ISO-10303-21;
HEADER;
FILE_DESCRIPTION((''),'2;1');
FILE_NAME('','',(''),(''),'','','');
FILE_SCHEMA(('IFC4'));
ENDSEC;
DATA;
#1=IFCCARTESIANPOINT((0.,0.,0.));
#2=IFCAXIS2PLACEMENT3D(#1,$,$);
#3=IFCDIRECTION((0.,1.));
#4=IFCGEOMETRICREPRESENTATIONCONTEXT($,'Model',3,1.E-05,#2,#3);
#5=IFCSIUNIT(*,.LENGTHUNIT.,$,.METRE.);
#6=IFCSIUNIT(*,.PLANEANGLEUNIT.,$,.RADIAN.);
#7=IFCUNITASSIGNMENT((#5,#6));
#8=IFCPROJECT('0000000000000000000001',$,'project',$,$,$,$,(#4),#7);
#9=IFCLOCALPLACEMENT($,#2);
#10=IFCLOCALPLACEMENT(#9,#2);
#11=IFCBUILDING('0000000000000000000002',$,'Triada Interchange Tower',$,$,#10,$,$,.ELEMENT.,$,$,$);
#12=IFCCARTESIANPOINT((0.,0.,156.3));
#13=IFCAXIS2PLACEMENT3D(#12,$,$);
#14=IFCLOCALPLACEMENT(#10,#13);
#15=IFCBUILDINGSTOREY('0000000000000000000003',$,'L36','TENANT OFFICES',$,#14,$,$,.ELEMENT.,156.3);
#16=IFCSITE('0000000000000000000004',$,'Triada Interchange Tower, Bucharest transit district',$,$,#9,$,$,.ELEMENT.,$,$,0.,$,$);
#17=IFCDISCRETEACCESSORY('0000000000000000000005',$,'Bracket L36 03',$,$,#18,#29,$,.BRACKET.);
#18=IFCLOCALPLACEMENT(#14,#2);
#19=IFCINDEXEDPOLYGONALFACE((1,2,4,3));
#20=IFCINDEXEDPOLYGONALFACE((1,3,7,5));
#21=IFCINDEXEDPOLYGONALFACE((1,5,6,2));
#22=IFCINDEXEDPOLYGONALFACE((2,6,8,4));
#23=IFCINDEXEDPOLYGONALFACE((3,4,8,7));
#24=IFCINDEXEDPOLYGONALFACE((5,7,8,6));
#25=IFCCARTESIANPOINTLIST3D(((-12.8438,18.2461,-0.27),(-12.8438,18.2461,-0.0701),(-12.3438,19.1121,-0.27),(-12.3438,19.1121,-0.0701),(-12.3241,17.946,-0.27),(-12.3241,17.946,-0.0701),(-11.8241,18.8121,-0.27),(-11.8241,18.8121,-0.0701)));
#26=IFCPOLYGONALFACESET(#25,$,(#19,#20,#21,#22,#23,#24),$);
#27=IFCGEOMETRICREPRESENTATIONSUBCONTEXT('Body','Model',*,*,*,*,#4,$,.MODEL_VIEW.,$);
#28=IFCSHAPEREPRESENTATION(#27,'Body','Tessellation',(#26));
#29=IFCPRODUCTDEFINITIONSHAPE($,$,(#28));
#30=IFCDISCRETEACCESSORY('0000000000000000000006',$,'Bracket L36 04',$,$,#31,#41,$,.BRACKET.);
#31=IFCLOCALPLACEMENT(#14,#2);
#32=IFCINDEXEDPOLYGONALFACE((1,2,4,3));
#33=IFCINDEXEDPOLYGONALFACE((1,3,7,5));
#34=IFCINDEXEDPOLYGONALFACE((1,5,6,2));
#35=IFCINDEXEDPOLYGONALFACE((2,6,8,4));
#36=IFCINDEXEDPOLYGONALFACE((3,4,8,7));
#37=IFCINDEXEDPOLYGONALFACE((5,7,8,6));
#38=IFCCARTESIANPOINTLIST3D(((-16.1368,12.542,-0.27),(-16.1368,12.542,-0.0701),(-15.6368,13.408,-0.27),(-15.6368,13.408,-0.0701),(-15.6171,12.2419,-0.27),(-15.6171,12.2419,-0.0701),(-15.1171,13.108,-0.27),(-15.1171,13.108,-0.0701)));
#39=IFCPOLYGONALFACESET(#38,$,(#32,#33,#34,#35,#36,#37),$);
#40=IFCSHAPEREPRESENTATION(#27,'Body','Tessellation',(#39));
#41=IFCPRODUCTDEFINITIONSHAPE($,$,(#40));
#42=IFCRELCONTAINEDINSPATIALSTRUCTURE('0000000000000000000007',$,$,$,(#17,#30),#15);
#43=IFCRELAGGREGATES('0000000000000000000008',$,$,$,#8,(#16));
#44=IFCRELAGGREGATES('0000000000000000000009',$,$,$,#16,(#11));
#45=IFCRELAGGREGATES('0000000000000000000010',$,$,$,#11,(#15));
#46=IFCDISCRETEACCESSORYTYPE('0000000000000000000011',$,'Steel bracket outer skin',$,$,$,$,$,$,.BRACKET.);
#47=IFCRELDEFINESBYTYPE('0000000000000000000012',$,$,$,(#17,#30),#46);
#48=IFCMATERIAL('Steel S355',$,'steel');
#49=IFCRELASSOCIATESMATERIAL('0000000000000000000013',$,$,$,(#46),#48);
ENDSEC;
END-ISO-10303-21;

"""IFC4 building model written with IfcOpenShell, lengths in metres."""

from ifc_helpers import new_model, si_unit, direction, frame, origin, origin_2d, place, context, subcontext, project, spatial, rectangle, extrude, material, type_object, element, save


model = new_model("IFC4")

# Units and contexts
model_context = context("Model", 3, precision=1e-05, world=origin(), true_north=direction((0.0, 1.0)))
body_context = subcontext(model_context, "Body", "Model", "MODEL_VIEW")
ifc_project = project(units=[si_unit("LENGTHUNIT", "METRE"), si_unit("PLANEANGLEUNIT", "RADIAN")], contexts=[model_context])

# Site, building, storey
site_placement = place(None, origin())
site = spatial("IfcSite", under=ifc_project, at=site_placement, Name="Triada Interchange Tower, Bucharest transit district", CompositionType="ELEMENT", RefElevation=0.0)
building_placement = place(site_placement, origin())
building = spatial("IfcBuilding", under=site, at=building_placement, Name="Triada Interchange Tower", CompositionType="ELEMENT")
storey_placement = place(building_placement, frame((0.0, 0.0, 156.3)))
storey = spatial("IfcBuildingStorey", under=building, at=storey_placement, Name="L36", Description="TENANT OFFICES", CompositionType="ELEMENT", Elevation=156.3)

# Discrete accessories
ifc_material_1 = material(Name="Steel S355", Category="steel")
discrete_accessory_type = type_object("IfcDiscreteAccessoryType", Name="Steel bracket outer skin", PredefinedType="BRACKET", material=ifc_material_1)
for number, where, z_axis, x_axis, name in (
    (1, (-12.334, 18.5291, -0.27), (0.0, 0.0, 1.0), (-0.866036, 0.499982, 0.0), "Bracket L36 03"),
    (2, (-15.627, 12.825, -0.27), (0.0, 0.0, 1.0), (-0.866036, 0.499982, 0.0), "Bracket L36 04"),
):
    element("IfcDiscreteAccessory", number, at=place(storey_placement, frame(where, z_axis=z_axis, x_axis=x_axis)), inside=storey, type_object=discrete_accessory_type, Name=name, PredefinedType="BRACKET", context=body_context, shape_type="SweptSolid", body=[
        extrude(rectangle(XDim=0.6001, YDim=1.0, at=origin_2d()), origin(), (0.0, 0.0, 1.0), 0.2),
    ])

save(model, "model.ifc")
